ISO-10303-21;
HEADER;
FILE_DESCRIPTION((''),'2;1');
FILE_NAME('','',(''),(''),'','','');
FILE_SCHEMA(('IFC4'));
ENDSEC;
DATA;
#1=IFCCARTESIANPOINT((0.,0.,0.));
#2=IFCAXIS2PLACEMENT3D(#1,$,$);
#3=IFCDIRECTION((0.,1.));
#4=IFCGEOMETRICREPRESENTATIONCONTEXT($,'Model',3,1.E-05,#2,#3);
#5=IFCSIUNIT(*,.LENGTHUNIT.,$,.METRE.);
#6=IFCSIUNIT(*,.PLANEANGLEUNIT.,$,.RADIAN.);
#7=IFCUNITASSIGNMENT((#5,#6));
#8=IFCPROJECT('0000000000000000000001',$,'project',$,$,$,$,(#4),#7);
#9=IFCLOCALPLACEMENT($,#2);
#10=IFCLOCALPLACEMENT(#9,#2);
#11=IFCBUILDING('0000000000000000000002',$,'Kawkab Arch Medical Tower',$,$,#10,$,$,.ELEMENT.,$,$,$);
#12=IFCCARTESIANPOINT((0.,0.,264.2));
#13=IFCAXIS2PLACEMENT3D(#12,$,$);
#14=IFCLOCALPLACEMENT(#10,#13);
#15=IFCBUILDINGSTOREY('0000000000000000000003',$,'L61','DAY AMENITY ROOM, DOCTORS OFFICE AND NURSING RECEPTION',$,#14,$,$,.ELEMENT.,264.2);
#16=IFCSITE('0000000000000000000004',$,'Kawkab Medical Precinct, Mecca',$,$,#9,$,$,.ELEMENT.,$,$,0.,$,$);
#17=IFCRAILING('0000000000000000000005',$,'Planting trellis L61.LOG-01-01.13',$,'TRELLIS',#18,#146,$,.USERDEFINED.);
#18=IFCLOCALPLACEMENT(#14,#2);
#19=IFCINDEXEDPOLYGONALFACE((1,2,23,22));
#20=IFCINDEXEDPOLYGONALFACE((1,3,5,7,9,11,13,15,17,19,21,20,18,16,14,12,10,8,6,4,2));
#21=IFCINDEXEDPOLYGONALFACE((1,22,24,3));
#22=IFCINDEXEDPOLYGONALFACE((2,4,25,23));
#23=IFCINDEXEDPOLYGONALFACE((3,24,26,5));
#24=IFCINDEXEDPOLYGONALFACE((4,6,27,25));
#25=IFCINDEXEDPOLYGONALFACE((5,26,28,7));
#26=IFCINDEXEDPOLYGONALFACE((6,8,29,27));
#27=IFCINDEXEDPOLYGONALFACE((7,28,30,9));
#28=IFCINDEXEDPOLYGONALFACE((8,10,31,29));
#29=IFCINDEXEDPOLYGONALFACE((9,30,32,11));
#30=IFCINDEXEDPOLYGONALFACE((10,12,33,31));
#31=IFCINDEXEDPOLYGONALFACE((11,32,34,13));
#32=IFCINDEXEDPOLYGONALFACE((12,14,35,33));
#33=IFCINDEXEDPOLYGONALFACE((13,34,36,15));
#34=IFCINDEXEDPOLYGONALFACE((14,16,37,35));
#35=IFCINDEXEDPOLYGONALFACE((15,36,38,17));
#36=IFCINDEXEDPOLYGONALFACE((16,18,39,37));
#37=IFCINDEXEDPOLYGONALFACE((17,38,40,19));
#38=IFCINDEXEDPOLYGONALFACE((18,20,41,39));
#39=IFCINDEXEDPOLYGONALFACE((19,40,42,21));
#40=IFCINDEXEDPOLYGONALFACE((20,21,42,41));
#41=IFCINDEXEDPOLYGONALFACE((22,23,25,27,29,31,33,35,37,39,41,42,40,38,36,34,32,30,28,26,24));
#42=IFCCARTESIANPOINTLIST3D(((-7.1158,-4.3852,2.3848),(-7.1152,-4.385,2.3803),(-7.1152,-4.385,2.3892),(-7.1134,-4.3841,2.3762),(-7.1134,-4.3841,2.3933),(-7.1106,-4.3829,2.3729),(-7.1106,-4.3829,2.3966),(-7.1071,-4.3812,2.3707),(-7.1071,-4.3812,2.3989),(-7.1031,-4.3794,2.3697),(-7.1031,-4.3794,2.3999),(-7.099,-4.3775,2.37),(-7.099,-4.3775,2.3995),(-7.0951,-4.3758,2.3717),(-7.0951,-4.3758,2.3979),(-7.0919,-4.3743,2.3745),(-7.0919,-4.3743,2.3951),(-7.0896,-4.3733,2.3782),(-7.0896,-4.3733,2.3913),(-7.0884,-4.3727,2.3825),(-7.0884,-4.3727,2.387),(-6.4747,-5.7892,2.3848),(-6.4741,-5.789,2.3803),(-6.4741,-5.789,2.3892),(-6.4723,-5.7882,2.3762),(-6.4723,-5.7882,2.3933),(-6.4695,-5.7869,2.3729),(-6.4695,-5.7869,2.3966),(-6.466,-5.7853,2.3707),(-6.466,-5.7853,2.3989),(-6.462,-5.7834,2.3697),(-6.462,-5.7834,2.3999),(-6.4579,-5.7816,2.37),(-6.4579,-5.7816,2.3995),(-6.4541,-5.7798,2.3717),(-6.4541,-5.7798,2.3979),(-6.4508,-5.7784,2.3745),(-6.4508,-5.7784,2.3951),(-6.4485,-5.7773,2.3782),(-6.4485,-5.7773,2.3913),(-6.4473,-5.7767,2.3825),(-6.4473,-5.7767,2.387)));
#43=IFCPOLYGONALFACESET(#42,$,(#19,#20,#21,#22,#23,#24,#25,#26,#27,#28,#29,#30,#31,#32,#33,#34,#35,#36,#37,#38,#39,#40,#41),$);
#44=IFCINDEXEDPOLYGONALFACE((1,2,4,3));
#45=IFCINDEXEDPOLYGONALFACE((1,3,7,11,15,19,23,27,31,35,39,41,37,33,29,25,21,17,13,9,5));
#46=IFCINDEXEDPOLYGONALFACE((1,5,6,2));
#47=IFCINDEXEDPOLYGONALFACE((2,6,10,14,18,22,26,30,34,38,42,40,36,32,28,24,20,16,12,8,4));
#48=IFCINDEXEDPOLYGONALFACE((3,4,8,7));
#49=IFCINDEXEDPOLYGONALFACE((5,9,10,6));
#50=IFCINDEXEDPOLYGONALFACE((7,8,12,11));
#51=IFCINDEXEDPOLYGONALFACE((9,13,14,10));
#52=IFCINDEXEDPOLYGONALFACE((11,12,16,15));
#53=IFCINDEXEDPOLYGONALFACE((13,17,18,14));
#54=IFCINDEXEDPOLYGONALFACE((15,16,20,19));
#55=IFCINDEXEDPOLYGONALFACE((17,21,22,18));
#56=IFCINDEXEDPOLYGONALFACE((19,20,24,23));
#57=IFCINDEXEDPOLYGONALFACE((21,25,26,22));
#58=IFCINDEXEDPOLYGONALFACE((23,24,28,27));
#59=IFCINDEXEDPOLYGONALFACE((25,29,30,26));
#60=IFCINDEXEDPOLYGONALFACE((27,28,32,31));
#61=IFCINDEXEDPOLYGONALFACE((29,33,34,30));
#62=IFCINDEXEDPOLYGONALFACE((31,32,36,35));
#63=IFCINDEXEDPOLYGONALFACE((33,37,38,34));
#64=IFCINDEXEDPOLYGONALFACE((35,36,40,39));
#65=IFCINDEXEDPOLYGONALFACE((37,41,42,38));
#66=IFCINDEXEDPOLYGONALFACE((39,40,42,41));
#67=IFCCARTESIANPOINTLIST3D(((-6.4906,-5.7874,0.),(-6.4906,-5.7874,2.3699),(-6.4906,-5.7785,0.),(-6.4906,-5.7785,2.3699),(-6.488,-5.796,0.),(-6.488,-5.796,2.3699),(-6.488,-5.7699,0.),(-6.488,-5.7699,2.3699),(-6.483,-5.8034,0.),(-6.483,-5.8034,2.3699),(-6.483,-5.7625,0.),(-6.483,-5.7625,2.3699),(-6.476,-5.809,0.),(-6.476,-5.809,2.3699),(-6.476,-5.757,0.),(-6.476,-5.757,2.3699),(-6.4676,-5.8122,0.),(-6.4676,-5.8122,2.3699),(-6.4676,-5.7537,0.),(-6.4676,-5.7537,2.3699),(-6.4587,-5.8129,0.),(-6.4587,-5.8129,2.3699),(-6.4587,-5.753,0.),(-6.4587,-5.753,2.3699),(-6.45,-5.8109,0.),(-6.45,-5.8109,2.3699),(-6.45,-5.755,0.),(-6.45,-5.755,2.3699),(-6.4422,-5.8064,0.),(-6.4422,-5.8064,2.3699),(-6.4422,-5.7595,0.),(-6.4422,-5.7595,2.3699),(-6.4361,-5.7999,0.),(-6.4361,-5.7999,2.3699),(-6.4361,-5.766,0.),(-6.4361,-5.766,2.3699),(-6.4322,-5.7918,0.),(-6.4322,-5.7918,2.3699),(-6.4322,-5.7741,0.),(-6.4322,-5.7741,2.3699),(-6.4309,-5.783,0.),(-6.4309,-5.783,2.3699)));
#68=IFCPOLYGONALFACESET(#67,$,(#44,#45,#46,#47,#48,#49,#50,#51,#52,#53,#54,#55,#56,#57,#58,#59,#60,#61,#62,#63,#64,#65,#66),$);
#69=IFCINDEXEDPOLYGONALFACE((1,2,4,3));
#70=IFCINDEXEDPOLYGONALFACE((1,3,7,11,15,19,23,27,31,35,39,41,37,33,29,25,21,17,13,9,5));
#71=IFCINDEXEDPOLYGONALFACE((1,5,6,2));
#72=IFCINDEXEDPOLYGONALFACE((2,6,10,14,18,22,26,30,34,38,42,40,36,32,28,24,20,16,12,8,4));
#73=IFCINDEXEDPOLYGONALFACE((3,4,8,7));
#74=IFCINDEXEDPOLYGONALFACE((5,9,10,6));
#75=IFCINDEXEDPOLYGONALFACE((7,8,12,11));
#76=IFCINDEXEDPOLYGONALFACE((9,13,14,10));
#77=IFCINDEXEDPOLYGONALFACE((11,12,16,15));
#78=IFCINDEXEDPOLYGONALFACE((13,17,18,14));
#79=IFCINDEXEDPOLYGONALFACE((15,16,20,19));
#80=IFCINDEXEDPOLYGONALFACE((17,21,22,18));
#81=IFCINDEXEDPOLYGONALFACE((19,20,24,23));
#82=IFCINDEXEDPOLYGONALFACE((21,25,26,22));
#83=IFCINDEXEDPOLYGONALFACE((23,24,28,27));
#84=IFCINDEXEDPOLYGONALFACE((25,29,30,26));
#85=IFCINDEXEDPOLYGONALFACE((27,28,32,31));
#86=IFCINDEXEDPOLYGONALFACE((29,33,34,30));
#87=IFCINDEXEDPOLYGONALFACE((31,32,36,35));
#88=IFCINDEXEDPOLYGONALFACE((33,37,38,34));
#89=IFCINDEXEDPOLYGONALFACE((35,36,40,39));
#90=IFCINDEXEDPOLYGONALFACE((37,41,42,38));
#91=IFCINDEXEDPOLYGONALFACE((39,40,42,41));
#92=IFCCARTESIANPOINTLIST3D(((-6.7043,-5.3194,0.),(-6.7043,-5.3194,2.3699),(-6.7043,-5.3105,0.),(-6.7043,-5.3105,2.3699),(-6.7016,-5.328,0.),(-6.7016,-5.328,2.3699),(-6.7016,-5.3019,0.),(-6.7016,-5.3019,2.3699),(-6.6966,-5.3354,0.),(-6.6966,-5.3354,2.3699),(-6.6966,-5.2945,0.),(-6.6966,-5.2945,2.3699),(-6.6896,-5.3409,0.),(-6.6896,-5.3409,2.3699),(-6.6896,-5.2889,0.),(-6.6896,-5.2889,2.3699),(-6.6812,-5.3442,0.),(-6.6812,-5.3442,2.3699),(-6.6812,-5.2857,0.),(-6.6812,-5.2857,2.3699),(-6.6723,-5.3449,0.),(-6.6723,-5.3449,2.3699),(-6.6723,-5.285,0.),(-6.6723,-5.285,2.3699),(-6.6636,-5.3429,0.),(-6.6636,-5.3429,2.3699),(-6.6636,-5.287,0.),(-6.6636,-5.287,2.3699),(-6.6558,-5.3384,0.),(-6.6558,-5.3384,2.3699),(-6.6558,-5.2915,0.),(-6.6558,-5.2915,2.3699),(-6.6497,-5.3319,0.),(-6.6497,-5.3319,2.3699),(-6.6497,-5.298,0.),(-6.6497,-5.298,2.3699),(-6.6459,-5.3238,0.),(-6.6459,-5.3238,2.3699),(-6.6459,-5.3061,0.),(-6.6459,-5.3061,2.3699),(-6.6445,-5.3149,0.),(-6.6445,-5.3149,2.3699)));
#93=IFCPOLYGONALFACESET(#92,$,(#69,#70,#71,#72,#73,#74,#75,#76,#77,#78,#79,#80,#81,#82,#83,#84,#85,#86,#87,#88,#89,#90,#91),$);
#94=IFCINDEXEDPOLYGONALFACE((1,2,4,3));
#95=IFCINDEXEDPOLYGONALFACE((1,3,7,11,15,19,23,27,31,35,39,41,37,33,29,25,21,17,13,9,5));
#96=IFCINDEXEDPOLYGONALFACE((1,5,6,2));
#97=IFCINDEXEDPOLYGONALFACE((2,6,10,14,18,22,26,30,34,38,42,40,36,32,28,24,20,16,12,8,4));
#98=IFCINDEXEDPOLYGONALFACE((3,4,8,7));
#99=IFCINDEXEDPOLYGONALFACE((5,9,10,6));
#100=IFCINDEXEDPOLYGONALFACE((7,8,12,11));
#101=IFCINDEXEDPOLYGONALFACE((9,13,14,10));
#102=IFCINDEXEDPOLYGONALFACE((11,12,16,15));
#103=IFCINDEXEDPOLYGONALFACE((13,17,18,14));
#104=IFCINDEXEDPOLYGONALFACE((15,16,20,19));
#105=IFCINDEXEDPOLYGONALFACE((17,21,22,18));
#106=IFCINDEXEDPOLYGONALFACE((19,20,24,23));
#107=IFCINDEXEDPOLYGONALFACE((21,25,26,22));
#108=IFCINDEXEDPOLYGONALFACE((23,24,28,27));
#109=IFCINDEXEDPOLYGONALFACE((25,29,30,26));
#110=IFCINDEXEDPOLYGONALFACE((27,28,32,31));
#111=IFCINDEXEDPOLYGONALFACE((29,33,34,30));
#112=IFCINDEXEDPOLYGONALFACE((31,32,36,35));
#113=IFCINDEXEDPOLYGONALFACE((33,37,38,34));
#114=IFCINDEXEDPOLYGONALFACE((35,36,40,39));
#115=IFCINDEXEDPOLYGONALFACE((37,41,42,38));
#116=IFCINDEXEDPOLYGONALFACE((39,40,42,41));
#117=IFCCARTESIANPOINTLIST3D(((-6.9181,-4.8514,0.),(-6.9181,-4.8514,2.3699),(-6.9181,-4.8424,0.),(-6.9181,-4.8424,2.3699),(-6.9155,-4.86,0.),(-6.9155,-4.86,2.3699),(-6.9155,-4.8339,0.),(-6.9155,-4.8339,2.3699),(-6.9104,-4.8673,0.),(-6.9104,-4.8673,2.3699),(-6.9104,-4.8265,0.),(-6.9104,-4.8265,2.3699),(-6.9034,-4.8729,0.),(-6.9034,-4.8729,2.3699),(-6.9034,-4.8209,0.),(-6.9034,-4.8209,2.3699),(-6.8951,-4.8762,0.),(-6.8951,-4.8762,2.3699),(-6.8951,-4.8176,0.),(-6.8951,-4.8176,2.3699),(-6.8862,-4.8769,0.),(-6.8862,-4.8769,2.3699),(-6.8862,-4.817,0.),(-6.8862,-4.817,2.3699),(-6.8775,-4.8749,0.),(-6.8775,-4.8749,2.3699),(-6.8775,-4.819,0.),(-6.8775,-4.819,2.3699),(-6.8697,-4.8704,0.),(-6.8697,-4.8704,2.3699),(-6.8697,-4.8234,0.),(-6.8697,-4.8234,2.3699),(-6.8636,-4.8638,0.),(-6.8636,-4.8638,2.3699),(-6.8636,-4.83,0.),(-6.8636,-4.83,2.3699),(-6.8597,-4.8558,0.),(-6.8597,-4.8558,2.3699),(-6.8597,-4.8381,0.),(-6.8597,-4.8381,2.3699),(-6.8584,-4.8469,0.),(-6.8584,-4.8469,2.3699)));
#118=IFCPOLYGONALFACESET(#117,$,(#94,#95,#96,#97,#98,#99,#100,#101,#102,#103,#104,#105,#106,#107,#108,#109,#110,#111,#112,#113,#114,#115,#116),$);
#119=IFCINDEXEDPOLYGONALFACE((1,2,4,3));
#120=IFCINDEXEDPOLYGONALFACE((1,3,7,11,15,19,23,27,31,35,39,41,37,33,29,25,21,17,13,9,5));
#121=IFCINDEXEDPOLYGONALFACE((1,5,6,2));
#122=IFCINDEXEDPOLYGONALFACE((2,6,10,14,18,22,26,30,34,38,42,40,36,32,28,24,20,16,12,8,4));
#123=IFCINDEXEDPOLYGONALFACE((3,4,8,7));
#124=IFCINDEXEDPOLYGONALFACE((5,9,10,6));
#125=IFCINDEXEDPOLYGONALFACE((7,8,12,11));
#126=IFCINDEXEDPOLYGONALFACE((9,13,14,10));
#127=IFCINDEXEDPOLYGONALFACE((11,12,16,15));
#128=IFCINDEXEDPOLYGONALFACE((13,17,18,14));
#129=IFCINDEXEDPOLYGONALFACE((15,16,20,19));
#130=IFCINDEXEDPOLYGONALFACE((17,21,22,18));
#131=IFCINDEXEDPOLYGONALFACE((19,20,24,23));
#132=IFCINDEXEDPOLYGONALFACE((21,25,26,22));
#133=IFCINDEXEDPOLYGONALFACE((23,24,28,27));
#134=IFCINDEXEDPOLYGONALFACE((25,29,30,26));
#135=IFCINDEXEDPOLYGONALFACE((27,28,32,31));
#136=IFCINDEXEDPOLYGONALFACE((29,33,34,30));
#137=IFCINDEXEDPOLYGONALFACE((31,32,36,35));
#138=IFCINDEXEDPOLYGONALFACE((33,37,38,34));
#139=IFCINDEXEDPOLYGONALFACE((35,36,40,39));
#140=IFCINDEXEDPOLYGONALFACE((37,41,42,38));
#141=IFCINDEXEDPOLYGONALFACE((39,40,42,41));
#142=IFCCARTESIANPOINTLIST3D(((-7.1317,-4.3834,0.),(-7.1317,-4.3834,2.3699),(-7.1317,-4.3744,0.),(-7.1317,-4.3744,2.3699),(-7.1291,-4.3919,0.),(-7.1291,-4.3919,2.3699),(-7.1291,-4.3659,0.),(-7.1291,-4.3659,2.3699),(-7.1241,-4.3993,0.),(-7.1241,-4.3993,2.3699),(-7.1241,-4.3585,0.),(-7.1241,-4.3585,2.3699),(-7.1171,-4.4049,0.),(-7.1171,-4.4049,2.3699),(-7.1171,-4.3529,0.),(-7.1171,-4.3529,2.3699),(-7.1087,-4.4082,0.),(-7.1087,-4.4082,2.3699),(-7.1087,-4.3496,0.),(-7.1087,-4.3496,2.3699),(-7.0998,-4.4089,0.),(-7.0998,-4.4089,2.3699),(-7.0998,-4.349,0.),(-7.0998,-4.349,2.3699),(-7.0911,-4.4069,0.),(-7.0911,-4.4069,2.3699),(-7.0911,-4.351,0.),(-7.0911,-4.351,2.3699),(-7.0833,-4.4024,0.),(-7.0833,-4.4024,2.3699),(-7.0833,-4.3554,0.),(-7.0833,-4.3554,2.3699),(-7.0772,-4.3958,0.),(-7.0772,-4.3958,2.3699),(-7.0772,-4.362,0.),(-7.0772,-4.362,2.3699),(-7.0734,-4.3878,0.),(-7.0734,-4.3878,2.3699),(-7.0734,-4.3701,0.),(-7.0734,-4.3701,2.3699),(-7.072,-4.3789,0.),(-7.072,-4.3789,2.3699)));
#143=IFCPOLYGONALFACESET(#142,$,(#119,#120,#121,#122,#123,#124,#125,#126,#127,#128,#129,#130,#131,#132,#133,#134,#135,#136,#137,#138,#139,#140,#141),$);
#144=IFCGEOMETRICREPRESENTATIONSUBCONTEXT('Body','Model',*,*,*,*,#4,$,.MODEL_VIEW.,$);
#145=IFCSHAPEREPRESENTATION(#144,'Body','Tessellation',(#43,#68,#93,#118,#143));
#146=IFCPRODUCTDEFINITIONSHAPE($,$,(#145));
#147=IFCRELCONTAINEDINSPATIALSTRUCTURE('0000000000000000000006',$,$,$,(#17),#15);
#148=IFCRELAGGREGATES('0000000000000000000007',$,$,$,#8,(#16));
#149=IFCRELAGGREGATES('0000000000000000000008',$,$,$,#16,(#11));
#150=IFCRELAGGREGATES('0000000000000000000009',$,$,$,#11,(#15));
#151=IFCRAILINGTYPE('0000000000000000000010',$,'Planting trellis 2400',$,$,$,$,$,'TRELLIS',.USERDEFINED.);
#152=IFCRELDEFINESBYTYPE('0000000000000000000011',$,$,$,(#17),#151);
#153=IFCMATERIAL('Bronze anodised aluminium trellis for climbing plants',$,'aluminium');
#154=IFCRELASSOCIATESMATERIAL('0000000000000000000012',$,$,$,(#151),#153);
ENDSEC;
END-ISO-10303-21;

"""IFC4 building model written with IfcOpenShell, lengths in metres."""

from ifc_helpers import new_model, si_unit, direction, frame, origin, origin_2d, place, context, subcontext, project, spatial, circle, extrude, material, type_object, element, save


model = new_model("IFC4")

# Units and contexts
model_context = context("Model", 3, precision=1e-05, world=origin(), true_north=direction((0.0, 1.0)))
body_context = subcontext(model_context, "Body", "Model", "MODEL_VIEW")
ifc_project = project(units=[si_unit("LENGTHUNIT", "METRE"), si_unit("PLANEANGLEUNIT", "RADIAN")], contexts=[model_context])

# Site, building, storey
site_placement = place(None, origin())
site = spatial("IfcSite", under=ifc_project, at=site_placement, Name="Kawkab Medical Precinct, Mecca", CompositionType="ELEMENT", RefElevation=0.0)
building_placement = place(site_placement, origin())
building = spatial("IfcBuilding", under=site, at=building_placement, Name="Kawkab Arch Medical Tower", CompositionType="ELEMENT")
storey_placement = place(building_placement, frame((0.0, 0.0, 264.2)))
storey = spatial("IfcBuildingStorey", under=building, at=storey_placement, Name="L61", Description="DAY AMENITY ROOM, DOCTORS OFFICE AND NURSING RECEPTION", CompositionType="ELEMENT", Elevation=264.2)

# Railing
ifc_material_1 = material(Name="Bronze anodised aluminium trellis for climbing plants", Category="aluminium")
railing_type = type_object("IfcRailingType", Name="Planting trellis 2400", ElementType="TRELLIS", PredefinedType="USERDEFINED", material=ifc_material_1)
railing_1_placement = place(storey_placement, frame((-6.4609, -5.783, 0.0)))
element("IfcRailing", 1, at=railing_1_placement, inside=storey, type_object=railing_type, Name="Planting trellis L61.LOG-01-01.13", ObjectType="TRELLIS", PredefinedType="USERDEFINED", context=body_context, shape_type="SweptSolid", body=[
    extrude(circle(Radius=0.0151, at=origin_2d()), frame((0.0, 0.0, 2.3848), z_axis=(-0.415363, 0.909656, 0.0), x_axis=(-0.909656, -0.415363, 0.0)), (0.0, 0.0, 1.0), 1.5435),
    extrude(circle(Radius=0.03, at=origin_2d()), origin(), (0.0, 0.0, 1.0), 2.3699),
    extrude(circle(Radius=0.03, at=origin_2d()), frame((-0.2136, 0.468, 0.0)), (0.0, 0.0, 1.0), 2.3699),
    extrude(circle(Radius=0.03, at=origin_2d()), frame((-0.4275, 0.936, 0.0)), (0.0, 0.0, 1.0), 2.3699),
    extrude(circle(Radius=0.03, at=origin_2d()), frame((-0.6411, 1.4041, 0.0)), (0.0, 0.0, 1.0), 2.3699),
])

save(model, "model.ifc")
